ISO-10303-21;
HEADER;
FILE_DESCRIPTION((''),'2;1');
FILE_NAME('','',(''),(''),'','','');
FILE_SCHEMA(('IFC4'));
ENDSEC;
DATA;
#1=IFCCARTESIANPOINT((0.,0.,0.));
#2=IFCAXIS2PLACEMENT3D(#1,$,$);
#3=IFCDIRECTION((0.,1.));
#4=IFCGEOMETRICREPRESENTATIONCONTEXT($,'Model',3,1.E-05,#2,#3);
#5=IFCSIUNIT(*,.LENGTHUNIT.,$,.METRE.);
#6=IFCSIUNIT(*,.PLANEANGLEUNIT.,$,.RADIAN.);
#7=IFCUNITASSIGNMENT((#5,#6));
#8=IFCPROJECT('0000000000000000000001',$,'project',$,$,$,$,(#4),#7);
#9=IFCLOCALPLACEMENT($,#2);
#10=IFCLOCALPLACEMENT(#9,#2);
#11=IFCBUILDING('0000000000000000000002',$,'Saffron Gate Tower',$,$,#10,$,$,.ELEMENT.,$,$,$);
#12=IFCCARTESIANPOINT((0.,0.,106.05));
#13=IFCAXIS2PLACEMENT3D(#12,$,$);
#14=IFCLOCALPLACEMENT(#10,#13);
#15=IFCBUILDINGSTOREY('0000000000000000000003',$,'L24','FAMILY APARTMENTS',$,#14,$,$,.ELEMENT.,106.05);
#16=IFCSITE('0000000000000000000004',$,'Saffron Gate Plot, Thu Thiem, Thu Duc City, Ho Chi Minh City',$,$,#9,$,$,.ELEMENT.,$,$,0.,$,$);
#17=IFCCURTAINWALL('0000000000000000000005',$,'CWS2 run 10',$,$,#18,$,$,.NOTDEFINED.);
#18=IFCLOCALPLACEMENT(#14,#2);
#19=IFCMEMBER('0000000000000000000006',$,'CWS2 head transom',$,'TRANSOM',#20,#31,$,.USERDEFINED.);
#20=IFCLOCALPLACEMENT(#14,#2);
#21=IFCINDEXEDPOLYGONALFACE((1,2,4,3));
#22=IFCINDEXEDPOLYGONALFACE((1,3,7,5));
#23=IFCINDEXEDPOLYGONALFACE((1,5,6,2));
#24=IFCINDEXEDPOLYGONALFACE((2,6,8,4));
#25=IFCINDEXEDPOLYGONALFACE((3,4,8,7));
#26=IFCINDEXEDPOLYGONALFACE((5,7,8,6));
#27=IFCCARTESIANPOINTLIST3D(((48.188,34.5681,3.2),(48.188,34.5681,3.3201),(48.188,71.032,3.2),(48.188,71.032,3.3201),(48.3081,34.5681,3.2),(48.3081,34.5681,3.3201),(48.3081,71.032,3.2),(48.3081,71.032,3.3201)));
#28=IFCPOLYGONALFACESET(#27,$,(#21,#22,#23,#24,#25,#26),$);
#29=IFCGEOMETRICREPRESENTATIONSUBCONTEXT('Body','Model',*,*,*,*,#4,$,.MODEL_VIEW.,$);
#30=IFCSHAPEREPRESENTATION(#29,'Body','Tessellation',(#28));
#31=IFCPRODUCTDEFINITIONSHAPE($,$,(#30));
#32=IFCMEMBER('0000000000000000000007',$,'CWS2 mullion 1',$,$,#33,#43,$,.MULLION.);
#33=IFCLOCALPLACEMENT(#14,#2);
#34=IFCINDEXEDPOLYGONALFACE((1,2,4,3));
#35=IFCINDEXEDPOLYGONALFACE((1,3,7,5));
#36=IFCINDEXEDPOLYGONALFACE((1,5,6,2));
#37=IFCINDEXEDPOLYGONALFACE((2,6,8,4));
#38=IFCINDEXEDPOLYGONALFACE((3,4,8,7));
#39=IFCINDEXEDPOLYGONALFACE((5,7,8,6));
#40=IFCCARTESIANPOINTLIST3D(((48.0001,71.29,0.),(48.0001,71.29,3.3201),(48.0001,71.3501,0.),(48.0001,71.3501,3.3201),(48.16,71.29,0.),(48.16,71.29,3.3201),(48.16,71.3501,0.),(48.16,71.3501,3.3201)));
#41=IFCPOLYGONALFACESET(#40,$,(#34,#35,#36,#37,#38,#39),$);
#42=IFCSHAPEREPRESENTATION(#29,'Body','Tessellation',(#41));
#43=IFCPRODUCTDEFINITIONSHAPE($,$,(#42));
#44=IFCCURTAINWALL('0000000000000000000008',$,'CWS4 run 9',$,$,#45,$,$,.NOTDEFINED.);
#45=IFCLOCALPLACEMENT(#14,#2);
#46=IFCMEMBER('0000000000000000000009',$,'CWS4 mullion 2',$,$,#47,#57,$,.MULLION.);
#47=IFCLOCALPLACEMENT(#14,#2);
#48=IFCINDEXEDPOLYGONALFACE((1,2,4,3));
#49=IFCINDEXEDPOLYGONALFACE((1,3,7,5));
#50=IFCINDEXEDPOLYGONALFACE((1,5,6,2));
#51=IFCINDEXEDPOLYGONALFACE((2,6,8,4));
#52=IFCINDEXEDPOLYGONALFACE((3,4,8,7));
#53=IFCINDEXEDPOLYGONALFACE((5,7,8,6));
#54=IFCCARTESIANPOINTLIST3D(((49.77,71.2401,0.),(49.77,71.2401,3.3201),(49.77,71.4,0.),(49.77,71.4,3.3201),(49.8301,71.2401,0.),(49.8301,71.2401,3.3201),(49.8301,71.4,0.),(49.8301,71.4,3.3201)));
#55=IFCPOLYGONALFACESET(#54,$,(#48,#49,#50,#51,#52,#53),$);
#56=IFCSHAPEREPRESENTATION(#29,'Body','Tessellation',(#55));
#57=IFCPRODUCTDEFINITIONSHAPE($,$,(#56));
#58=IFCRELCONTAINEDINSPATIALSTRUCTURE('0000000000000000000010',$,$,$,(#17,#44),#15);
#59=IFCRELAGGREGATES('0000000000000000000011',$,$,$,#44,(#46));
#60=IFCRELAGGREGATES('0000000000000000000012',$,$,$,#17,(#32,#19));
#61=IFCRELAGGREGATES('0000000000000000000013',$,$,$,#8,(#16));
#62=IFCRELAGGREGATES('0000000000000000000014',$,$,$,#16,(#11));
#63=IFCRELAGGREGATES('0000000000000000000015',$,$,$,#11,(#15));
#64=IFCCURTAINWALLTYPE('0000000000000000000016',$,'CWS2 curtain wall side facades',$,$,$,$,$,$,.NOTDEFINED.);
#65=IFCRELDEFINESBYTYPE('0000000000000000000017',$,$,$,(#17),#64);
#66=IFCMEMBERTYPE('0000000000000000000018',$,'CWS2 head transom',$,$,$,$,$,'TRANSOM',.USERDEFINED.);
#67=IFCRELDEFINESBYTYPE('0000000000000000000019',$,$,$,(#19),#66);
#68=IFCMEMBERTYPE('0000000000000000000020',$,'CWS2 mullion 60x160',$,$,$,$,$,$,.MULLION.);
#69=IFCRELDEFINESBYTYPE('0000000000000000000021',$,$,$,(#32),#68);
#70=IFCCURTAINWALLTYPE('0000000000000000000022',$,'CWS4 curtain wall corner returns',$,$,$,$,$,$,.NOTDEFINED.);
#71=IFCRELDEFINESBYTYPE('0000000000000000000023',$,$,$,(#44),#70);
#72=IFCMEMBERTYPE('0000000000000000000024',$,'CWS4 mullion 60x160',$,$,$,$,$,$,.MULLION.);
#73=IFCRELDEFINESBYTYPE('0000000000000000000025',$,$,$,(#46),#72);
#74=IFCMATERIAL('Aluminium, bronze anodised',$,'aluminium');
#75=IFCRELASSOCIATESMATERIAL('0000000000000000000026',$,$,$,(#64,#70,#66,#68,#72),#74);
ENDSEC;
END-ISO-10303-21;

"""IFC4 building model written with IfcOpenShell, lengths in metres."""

from ifc_helpers import new_model, si_unit, direction, frame, origin, origin_2d, place, context, subcontext, project, spatial, rectangle, extrude, material, material_profile, profile_set, type_object, element, aggregate, save


model = new_model("IFC4")

# Units and contexts
model_context = context("Model", 3, precision=1e-05, world=origin(), true_north=direction((0.0, 1.0)))
body_context = subcontext(model_context, "Body", "Model", "MODEL_VIEW")
ifc_project = project(units=[si_unit("LENGTHUNIT", "METRE"), si_unit("PLANEANGLEUNIT", "RADIAN")], contexts=[model_context])

# Site, building, storey
site_placement = place(None, origin())
site = spatial("IfcSite", under=ifc_project, at=site_placement, Name="Saffron Gate Plot, Thu Thiem, Thu Duc City, Ho Chi Minh City", CompositionType="ELEMENT", RefElevation=0.0)
building_placement = place(site_placement, origin())
building = spatial("IfcBuilding", under=site, at=building_placement, Name="Saffron Gate Tower", CompositionType="ELEMENT")
storey_placement = place(building_placement, frame((0.0, 0.0, 106.05)))
storey = spatial("IfcBuildingStorey", under=building, at=storey_placement, Name="L24", Description="FAMILY APARTMENTS", CompositionType="ELEMENT", Elevation=106.05)

# Curtain wall, members
ifc_material_1 = material(Name="Aluminium, bronze anodised", Category="aluminium")
curtain_wall_type_1 = type_object("IfcCurtainWallType", Name="CWS2 curtain wall side facades", PredefinedType="NOTDEFINED", material=ifc_material_1)
curtain_wall_1_placement = place(storey_placement, origin())
curtain_wall_1 = element("IfcCurtainWall", 1, at=curtain_wall_1_placement, inside=storey, type_object=curtain_wall_type_1, Name="CWS2 run 10", PredefinedType="NOTDEFINED")
ifc_material_profile_1 = material_profile(ifc_material_1, rectangle(XDim=0.1201, YDim=0.1201, at=origin_2d()))
ifc_profile_set_1 = profile_set([ifc_material_profile_1], Name="Aluminium, bronze anodised")
member_type_1 = type_object("IfcMemberType", Name="CWS2 head transom", ElementType="TRANSOM", PredefinedType="USERDEFINED", material=ifc_profile_set_1)
member_1_placement = place(storey_placement, frame((48.248, 71.032, 3.26), z_axis=(0.0, -1.0, 0.0), x_axis=(1.0, 0.0, 0.0)))
member_1 = element("IfcMember", 2, at=member_1_placement, type_object=member_type_1, Name="CWS2 head transom", ObjectType="TRANSOM", PredefinedType="USERDEFINED", context=body_context, shape_type="SweptSolid", body=[
    extrude(rectangle(XDim=0.1201, YDim=0.1201, at=origin_2d()), origin(), (0.0, 0.0, 1.0), 36.4639),
])
ifc_material_profile_2 = material_profile(ifc_material_1, rectangle(XDim=0.1599, YDim=0.0601, at=origin_2d()))
ifc_profile_set_2 = profile_set([ifc_material_profile_2], Name="Aluminium, bronze anodised")
member_type_2 = type_object("IfcMemberType", Name="CWS2 mullion 60x160", PredefinedType="MULLION", material=ifc_profile_set_2)
member_2_placement = place(storey_placement, frame((48.0801, 71.3201, 0.0), z_axis=(0.0, 0.0, 1.0), x_axis=(1.0, 0.0, 0.0)))
member_2 = element("IfcMember", 3, at=member_2_placement, type_object=member_type_2, Name="CWS2 mullion 1", PredefinedType="MULLION", context=body_context, shape_type="SweptSolid", body=[
    extrude(rectangle(XDim=0.1599, YDim=0.0601, at=origin_2d()), origin(), (0.0, 0.0, 1.0), 3.3201),
])

# Curtain wall, member
curtain_wall_type_2 = type_object("IfcCurtainWallType", Name="CWS4 curtain wall corner returns", PredefinedType="NOTDEFINED", material=ifc_material_1)
curtain_wall_2_placement = place(storey_placement, origin())
curtain_wall_2 = element("IfcCurtainWall", 4, at=curtain_wall_2_placement, inside=storey, type_object=curtain_wall_type_2, Name="CWS4 run 9", PredefinedType="NOTDEFINED")
ifc_material_profile_3 = material_profile(ifc_material_1, rectangle(XDim=0.1599, YDim=0.0601, at=origin_2d()))
ifc_profile_set_3 = profile_set([ifc_material_profile_3], Name="Aluminium, bronze anodised")
member_type_3 = type_object("IfcMemberType", Name="CWS4 mullion 60x160", PredefinedType="MULLION", material=ifc_profile_set_3)
member_3_placement = place(storey_placement, frame((49.8, 71.3201, 0.0), z_axis=(0.0, 0.0, 1.0), x_axis=(0.0, -1.0, 0.0)))
member_3 = element("IfcMember", 5, at=member_3_placement, type_object=member_type_3, Name="CWS4 mullion 2", PredefinedType="MULLION", context=body_context, shape_type="SweptSolid", body=[
    extrude(rectangle(XDim=0.1599, YDim=0.0601, at=origin_2d()), origin(), (0.0, 0.0, 1.0), 3.3201),
])
aggregate(curtain_wall_2, [member_3])

aggregate(curtain_wall_1, [member_2, member_1])

save(model, "model.ifc")
